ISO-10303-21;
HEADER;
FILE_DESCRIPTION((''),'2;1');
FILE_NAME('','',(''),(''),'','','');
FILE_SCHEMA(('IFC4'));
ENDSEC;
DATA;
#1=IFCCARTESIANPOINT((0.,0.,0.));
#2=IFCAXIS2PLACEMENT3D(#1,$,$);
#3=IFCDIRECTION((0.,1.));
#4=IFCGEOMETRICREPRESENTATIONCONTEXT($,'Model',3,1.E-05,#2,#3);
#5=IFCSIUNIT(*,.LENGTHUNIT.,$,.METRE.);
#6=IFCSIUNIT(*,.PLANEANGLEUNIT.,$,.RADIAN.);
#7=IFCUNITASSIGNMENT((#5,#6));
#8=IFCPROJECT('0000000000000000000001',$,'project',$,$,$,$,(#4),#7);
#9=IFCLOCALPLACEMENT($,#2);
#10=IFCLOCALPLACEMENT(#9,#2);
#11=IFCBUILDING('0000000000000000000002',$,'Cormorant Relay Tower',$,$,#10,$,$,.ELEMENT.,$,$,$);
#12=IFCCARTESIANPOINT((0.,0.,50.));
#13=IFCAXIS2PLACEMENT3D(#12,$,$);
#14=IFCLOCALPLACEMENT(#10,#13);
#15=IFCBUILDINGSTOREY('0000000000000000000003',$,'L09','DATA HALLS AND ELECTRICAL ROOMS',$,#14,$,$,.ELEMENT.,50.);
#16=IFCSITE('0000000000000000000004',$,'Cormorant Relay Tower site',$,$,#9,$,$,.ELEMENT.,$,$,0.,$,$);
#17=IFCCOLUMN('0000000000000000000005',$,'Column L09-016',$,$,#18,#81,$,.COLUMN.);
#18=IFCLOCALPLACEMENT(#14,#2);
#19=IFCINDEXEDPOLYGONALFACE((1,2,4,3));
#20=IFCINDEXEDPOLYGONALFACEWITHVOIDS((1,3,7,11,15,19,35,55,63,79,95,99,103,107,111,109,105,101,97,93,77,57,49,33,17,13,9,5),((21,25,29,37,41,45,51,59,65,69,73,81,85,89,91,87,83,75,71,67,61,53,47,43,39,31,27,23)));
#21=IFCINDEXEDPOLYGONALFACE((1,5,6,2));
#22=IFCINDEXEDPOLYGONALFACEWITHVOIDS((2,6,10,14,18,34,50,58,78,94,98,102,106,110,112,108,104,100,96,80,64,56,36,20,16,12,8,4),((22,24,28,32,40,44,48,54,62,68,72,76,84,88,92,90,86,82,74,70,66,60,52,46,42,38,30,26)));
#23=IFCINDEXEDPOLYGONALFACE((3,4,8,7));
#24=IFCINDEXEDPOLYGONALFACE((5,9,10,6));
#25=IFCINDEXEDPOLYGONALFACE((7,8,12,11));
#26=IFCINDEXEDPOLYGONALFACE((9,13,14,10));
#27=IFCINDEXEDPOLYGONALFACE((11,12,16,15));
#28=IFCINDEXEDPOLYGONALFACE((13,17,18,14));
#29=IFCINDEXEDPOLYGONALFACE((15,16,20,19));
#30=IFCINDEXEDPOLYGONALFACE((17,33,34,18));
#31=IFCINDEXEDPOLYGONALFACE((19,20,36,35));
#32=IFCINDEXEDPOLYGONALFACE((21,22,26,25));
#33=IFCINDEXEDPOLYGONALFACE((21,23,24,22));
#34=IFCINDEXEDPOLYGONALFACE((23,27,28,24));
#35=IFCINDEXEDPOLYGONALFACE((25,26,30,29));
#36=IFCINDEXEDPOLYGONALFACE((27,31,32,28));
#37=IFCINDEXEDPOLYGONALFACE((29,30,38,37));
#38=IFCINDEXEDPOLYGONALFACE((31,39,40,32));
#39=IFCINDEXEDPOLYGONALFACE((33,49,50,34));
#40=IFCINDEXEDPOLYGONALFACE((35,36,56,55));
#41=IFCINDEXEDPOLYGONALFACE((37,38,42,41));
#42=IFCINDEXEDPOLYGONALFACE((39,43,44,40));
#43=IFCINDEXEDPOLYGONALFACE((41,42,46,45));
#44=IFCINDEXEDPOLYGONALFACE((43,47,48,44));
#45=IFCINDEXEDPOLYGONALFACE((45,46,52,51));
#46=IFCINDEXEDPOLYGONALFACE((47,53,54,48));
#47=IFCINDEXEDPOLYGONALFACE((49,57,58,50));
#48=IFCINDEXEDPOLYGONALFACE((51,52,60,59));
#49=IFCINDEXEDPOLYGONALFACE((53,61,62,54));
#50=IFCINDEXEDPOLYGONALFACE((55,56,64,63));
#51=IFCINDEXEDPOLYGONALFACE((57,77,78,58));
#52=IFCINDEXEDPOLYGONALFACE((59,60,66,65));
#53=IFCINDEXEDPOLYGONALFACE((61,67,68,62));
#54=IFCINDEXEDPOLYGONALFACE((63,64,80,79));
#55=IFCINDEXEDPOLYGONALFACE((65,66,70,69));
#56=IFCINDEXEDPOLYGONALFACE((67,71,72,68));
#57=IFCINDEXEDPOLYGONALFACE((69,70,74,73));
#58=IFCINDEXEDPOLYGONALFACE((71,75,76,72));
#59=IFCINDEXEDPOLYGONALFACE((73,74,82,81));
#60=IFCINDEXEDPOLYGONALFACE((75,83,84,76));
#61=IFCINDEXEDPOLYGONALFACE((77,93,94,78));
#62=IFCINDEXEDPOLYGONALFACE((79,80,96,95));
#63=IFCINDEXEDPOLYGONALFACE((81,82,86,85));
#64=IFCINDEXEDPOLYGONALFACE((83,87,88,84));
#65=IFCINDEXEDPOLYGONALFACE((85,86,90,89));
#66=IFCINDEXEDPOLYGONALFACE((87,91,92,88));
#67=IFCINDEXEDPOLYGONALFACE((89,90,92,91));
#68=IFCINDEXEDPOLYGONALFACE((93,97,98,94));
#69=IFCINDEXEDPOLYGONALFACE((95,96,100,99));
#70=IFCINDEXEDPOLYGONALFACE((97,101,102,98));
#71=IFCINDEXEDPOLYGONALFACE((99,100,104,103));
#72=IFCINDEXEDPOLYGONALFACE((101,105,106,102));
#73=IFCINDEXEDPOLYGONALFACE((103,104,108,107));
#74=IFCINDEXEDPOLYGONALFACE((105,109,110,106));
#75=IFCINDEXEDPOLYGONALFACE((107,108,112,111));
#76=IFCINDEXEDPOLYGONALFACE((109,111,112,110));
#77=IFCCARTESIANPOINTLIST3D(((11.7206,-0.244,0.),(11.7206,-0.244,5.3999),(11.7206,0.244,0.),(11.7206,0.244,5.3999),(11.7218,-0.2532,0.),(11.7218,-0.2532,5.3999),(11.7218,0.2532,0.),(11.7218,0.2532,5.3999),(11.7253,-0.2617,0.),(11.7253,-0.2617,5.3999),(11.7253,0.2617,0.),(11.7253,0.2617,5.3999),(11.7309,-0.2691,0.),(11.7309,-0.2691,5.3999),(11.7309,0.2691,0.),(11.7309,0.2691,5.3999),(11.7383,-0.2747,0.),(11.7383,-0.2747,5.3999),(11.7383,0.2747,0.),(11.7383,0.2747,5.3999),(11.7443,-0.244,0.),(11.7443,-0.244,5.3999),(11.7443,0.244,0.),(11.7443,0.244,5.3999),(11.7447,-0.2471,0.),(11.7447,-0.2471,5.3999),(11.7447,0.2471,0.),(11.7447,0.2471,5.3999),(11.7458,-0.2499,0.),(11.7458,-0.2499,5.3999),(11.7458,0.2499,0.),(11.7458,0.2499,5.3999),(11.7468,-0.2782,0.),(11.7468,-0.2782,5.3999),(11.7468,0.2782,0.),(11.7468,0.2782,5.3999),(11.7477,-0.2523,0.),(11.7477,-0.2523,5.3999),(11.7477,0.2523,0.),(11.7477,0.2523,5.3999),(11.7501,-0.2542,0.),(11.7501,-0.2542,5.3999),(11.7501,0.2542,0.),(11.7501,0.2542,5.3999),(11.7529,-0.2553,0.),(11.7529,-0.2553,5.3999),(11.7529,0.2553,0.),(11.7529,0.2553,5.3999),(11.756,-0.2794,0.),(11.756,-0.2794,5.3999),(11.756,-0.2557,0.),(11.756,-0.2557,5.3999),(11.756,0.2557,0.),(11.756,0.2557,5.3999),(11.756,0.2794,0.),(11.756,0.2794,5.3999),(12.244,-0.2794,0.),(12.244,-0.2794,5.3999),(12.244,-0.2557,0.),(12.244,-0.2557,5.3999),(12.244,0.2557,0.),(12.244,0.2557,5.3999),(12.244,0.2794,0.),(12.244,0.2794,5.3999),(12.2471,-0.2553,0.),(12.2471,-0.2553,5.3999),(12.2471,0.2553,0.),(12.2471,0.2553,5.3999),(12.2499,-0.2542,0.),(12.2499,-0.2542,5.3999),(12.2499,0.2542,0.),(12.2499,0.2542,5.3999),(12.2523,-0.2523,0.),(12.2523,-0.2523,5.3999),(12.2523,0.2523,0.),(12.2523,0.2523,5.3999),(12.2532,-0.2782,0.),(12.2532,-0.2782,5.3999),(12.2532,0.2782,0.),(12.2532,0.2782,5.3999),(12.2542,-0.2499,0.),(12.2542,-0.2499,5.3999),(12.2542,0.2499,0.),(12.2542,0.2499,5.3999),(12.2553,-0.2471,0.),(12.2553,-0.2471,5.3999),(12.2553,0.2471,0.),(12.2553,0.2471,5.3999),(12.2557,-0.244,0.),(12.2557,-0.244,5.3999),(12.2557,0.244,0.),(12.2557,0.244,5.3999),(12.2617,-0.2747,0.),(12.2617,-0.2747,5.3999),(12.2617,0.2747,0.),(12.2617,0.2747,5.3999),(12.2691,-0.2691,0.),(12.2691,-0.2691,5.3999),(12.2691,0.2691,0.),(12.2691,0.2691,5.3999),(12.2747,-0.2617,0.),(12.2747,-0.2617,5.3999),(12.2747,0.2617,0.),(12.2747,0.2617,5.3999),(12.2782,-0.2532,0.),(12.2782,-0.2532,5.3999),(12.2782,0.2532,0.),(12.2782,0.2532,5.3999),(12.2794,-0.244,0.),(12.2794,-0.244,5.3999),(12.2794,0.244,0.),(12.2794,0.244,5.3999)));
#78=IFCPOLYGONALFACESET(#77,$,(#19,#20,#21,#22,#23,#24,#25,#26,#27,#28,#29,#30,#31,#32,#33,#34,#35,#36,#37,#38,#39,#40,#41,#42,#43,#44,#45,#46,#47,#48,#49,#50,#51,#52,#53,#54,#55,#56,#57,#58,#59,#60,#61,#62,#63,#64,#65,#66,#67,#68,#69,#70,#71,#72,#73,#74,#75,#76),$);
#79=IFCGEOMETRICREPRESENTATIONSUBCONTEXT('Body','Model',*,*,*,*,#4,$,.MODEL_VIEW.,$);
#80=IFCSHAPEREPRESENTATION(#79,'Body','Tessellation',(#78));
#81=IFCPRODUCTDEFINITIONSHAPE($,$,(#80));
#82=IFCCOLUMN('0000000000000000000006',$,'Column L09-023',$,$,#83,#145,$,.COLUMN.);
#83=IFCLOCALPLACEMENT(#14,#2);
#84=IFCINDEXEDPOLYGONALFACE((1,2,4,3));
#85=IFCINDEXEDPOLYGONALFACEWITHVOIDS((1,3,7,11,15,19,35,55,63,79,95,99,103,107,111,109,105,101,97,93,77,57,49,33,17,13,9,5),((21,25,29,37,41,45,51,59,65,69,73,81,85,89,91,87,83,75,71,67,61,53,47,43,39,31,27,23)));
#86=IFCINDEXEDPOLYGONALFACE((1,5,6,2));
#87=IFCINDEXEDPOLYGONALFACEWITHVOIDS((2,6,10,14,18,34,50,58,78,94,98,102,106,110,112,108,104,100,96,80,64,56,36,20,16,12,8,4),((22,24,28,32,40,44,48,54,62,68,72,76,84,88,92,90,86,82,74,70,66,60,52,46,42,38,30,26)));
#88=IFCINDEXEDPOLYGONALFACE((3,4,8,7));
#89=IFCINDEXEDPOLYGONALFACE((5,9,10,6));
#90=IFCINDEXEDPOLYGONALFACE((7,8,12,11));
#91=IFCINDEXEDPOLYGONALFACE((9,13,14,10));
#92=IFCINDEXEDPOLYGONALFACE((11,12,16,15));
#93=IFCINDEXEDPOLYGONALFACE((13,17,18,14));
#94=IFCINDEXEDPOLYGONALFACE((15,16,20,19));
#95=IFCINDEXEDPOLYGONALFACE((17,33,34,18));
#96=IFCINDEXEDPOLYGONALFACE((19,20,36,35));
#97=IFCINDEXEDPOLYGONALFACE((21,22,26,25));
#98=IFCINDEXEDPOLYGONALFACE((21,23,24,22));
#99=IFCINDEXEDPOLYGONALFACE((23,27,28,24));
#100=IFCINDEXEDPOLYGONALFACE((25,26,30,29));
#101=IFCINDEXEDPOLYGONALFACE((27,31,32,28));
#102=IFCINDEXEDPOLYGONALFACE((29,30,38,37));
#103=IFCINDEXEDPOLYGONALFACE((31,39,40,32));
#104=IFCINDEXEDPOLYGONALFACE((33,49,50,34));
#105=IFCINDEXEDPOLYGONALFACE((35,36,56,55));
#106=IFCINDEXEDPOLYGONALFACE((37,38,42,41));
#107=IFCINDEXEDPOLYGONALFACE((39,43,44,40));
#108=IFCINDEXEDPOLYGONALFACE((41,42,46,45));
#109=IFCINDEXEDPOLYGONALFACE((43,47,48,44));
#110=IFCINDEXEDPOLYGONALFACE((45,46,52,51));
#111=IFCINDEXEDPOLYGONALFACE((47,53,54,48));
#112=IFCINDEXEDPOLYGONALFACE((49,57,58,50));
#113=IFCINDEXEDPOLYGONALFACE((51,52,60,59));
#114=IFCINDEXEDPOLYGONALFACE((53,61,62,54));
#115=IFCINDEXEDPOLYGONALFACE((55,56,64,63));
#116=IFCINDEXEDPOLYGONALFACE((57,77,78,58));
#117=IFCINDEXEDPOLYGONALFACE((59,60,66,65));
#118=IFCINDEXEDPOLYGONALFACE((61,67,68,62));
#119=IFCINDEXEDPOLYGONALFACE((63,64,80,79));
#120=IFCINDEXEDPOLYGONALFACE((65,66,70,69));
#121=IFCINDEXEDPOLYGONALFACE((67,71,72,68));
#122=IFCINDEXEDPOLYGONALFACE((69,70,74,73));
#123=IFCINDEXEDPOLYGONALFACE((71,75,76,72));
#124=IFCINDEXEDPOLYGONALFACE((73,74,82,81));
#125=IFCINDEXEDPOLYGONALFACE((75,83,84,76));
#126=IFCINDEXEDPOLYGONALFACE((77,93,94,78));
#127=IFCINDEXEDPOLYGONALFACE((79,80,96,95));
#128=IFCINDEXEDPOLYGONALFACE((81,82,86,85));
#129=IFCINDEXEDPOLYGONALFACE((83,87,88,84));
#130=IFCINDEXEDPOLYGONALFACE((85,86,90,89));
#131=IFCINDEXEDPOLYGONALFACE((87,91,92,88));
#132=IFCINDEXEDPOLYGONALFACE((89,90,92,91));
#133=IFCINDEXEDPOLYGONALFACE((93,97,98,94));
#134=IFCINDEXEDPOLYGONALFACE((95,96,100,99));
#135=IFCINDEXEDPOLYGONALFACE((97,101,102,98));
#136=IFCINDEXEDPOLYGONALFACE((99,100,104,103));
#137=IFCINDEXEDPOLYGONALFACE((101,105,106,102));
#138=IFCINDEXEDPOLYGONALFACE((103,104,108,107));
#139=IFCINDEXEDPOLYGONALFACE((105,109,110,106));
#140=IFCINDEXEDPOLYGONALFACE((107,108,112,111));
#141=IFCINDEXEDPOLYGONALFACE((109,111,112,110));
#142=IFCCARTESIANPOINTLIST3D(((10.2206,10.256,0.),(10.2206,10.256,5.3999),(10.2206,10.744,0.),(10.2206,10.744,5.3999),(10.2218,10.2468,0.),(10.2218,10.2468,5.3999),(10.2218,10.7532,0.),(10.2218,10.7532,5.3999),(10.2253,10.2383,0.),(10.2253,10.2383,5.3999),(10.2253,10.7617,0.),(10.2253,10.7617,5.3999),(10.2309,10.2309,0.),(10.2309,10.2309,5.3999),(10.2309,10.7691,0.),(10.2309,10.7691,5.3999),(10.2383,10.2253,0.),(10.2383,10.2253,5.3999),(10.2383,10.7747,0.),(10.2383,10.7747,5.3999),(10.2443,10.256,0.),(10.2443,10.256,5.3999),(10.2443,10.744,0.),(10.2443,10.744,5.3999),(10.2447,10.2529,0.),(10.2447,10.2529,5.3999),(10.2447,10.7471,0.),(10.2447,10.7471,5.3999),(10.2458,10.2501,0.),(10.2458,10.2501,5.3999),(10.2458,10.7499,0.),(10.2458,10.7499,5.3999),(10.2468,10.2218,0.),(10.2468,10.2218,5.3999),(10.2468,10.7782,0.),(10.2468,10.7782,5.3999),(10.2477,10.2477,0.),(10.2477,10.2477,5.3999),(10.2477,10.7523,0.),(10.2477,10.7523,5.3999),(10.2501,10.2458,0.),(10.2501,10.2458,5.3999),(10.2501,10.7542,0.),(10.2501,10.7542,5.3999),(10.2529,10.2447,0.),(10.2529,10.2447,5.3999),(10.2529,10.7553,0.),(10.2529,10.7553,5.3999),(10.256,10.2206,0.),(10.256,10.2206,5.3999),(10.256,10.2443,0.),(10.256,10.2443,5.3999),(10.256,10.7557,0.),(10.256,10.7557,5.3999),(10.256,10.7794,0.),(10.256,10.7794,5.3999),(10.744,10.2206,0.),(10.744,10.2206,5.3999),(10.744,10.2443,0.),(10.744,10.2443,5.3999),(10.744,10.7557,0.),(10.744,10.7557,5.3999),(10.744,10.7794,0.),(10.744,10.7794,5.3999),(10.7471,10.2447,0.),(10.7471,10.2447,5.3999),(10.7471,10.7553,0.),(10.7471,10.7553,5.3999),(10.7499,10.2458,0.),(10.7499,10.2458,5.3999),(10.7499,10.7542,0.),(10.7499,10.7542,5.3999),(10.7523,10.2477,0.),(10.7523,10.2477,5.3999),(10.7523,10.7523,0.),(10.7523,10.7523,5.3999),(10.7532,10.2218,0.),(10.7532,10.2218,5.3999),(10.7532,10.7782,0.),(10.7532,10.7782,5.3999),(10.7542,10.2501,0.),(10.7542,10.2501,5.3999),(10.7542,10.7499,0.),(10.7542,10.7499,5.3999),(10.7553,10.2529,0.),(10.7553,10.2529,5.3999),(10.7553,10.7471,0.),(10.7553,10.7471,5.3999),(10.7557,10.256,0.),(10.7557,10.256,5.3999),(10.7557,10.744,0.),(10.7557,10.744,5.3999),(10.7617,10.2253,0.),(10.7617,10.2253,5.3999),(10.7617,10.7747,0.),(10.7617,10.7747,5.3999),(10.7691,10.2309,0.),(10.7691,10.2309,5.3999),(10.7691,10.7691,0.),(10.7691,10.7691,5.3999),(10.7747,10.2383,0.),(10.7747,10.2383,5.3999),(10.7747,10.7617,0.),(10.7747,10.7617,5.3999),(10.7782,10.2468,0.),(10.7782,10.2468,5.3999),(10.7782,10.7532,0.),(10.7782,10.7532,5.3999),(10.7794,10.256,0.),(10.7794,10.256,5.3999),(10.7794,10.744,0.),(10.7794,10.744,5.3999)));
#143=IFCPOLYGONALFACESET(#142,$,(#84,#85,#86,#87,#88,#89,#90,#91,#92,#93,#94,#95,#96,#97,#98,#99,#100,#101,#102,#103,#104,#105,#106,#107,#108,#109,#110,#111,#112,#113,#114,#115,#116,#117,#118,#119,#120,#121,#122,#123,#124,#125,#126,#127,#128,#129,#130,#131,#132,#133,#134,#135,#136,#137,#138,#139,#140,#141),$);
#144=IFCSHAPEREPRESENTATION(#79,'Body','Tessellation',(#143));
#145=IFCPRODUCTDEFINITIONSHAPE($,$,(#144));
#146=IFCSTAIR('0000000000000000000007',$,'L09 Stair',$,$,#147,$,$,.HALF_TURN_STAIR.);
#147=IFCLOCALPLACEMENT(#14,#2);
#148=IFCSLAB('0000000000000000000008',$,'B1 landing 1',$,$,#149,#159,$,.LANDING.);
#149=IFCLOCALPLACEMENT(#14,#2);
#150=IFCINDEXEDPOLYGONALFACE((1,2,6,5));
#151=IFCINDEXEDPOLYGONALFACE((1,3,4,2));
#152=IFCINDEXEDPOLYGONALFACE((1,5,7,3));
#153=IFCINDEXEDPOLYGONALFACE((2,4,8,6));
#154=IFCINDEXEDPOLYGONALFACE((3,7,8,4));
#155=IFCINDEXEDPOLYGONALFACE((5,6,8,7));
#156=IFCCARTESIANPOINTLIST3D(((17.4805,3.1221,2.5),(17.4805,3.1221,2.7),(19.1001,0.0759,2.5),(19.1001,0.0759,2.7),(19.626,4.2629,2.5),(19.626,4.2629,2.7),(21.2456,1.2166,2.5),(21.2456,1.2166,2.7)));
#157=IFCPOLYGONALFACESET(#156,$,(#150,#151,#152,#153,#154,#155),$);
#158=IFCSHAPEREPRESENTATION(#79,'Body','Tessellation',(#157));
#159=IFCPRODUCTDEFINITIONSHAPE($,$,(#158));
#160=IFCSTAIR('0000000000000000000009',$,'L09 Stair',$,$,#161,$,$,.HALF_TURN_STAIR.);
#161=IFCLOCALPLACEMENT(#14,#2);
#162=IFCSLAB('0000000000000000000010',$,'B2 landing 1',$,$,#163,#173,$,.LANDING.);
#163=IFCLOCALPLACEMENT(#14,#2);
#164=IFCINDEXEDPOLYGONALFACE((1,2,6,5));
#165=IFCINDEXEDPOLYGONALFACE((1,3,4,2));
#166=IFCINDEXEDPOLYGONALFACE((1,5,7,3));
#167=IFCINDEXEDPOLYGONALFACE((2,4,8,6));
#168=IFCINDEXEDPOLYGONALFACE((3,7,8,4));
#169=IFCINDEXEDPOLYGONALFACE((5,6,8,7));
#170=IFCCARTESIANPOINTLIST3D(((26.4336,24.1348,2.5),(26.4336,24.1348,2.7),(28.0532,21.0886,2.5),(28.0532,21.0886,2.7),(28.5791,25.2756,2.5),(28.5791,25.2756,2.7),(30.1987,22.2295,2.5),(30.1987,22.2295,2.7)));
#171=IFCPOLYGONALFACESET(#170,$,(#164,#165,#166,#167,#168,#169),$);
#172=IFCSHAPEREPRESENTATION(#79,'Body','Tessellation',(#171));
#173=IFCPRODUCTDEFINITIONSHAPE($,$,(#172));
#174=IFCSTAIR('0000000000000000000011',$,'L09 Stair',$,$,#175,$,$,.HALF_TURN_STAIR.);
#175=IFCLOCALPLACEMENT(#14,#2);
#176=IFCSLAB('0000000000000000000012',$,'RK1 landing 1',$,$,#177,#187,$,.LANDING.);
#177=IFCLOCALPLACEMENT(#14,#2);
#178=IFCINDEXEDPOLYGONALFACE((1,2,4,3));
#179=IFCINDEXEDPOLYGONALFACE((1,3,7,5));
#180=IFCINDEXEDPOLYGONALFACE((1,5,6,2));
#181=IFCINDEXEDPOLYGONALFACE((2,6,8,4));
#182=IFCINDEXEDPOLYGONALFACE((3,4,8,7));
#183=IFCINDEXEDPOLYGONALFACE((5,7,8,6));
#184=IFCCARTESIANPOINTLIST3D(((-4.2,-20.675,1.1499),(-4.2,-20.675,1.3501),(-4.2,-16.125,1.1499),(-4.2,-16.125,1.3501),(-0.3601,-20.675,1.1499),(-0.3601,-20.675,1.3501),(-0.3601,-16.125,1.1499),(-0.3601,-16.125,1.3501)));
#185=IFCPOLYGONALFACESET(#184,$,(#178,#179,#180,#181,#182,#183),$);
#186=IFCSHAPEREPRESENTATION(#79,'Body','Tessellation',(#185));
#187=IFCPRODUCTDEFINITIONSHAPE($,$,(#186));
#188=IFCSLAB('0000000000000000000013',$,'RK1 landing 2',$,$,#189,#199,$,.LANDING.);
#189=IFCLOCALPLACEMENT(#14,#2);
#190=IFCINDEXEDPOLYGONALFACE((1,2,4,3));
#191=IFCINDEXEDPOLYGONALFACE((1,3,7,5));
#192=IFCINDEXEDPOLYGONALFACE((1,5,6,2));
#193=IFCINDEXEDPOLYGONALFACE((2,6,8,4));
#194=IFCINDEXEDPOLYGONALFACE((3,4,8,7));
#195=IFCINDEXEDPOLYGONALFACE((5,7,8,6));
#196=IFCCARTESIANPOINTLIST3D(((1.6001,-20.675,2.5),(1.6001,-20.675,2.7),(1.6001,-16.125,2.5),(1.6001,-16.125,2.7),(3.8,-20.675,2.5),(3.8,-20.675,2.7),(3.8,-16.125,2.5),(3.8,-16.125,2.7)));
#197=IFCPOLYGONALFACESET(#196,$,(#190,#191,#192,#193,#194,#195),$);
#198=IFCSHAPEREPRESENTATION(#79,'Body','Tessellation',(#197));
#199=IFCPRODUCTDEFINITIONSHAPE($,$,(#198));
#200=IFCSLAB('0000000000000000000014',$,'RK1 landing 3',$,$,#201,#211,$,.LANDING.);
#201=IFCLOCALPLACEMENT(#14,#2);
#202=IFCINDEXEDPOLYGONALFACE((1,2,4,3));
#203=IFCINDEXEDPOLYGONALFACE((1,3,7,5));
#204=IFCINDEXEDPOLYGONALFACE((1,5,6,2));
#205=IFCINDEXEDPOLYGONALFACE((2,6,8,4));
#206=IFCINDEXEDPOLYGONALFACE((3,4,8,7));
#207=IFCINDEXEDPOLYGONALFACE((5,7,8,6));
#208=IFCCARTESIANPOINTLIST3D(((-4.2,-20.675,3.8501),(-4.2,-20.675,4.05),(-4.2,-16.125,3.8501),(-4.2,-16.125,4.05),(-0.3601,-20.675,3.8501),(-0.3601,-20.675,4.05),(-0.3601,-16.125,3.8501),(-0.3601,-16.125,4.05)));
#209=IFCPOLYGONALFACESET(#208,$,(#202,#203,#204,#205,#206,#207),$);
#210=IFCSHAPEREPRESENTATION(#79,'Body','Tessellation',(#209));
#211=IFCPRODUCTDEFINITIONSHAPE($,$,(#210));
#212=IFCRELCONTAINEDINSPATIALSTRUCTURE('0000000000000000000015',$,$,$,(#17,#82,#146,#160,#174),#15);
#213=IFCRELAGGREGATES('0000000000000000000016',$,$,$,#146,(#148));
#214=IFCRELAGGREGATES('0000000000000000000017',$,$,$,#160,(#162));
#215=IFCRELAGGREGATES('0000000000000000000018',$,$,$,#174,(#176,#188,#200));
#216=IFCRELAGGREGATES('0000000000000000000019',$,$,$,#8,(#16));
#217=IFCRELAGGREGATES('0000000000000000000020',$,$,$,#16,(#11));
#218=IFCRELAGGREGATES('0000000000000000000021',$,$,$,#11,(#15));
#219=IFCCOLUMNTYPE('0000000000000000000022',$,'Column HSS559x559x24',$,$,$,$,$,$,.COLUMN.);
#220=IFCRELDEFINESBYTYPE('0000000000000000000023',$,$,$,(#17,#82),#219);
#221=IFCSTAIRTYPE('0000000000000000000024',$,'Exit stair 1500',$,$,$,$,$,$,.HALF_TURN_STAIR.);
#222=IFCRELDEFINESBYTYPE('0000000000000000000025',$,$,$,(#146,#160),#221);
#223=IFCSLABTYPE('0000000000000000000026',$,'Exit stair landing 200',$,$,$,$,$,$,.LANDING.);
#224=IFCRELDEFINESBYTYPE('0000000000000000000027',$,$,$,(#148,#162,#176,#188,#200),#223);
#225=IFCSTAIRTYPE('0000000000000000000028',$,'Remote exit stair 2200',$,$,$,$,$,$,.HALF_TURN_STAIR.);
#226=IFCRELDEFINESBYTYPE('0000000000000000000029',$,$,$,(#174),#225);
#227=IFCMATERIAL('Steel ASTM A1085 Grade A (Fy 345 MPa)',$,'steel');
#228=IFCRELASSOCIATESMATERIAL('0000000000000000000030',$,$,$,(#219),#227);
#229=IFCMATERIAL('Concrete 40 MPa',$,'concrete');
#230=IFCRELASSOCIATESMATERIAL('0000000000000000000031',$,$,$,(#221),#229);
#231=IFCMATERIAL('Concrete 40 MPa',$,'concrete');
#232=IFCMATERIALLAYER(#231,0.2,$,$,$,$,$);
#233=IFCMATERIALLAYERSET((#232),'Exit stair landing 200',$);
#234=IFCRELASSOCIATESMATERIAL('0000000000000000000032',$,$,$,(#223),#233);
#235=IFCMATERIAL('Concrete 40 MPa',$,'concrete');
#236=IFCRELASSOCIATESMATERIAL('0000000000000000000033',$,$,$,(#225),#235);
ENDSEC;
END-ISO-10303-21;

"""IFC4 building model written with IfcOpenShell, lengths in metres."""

from ifc_helpers import new_model, si_unit, direction, frame, origin, origin_2d, place, context, subcontext, project, spatial, polyline, hollow_rectangle, outline, extrude, material, layer, layer_set, material_profile, profile_set, type_object, element, aggregate, save


model = new_model("IFC4")

# Units and contexts
model_context = context("Model", 3, precision=1e-05, world=origin(), true_north=direction((0.0, 1.0)))
body_context = subcontext(model_context, "Body", "Model", "MODEL_VIEW")
ifc_project = project(units=[si_unit("LENGTHUNIT", "METRE"), si_unit("PLANEANGLEUNIT", "RADIAN")], contexts=[model_context])

# Site, building, storey
site_placement = place(None, origin())
site = spatial("IfcSite", under=ifc_project, at=site_placement, Name="Cormorant Relay Tower site", CompositionType="ELEMENT", RefElevation=0.0)
building_placement = place(site_placement, origin())
building = spatial("IfcBuilding", under=site, at=building_placement, Name="Cormorant Relay Tower", CompositionType="ELEMENT")
storey_placement = place(building_placement, frame((0.0, 0.0, 50.0)))
storey = spatial("IfcBuildingStorey", under=building, at=storey_placement, Name="L09", Description="DATA HALLS AND ELECTRICAL ROOMS", CompositionType="ELEMENT", Elevation=50.0)

# Columns
ifc_material_1 = material(Name="Steel ASTM A1085 Grade A (Fy 345 MPa)", Category="steel")
ifc_material_profile = material_profile(ifc_material_1, hollow_rectangle(XDim=0.5588, YDim=0.5588, WallThickness=0.0237, InnerFilletRadius=0.0117, OuterFilletRadius=0.0354, at=origin_2d()), Name="HSS559x559x24")
ifc_profile_set = profile_set([ifc_material_profile], Name="Steel ASTM A1085 Grade A (Fy 345 MPa)")
column_type = type_object("IfcColumnType", Name="Column HSS559x559x24", PredefinedType="COLUMN", material=ifc_profile_set)
for number, where, z_axis, x_axis, name in (
    (1, (12.0, 0.0, 0.0), (0.0, 0.0, 1.0), (1.0, 0.0, 0.0), "Column L09-016"),
    (2, (10.5, 10.5, 0.0), (0.0, 0.0, 1.0), (1.0, 0.0, 0.0), "Column L09-023"),
):
    element("IfcColumn", number, at=place(storey_placement, frame(where, z_axis=z_axis, x_axis=x_axis)), inside=storey, type_object=column_type, Name=name, PredefinedType="COLUMN", context=body_context, shape_type="SweptSolid", body=[
        extrude(hollow_rectangle(XDim=0.5588, YDim=0.5588, WallThickness=0.0237, InnerFilletRadius=0.0117, OuterFilletRadius=0.0354, at=origin_2d()), origin(), (0.0, 0.0, 1.0), 5.3999),
    ])

# Stairs, slabs
ifc_material_2 = material(Name="Concrete 40 MPa", Category="concrete")
stair_type_1 = type_object("IfcStairType", Name="Exit stair 1500", PredefinedType="HALF_TURN_STAIR", material=ifc_material_2)
stair_1_placement = place(storey_placement, origin())
stair_1 = element("IfcStair", 3, at=stair_1_placement, inside=storey, type_object=stair_type_1, Name="L09 Stair", PredefinedType="HALF_TURN_STAIR")
ifc_material_3 = material(Name="Concrete 40 MPa", Category="concrete")
ifc_layer_1 = layer(ifc_material_3, 0.2)
ifc_layer_set_1 = layer_set([ifc_layer_1], Name="Exit stair landing 200")
slab_type = type_object("IfcSlabType", Name="Exit stair landing 200", PredefinedType="LANDING", material=ifc_layer_set_1)
slab_1_placement = place(storey_placement, frame((0.0, 0.0, 2.5)))
slab_1 = element("IfcSlab", 4, at=slab_1_placement, type_object=slab_type, Name="B1 landing 1", PredefinedType="LANDING", context=body_context, shape_type="SweptSolid", body=[
    extrude(outline(polyline([(19.626, 4.2629), (17.4805, 3.1221), (19.1001, 0.0759), (21.2456, 1.2166), (19.626, 4.2629)])), origin(), (0.0, 0.0, 1.0), 0.2),
])
aggregate(stair_1, [slab_1])
stair_2_placement = place(storey_placement, origin())
stair_2 = element("IfcStair", 5, at=stair_2_placement, inside=storey, type_object=stair_type_1, Name="L09 Stair", PredefinedType="HALF_TURN_STAIR")
slab_2_placement = place(storey_placement, frame((0.0, 0.0, 2.5)))
slab_2 = element("IfcSlab", 6, at=slab_2_placement, type_object=slab_type, Name="B2 landing 1", PredefinedType="LANDING", context=body_context, shape_type="SweptSolid", body=[
    extrude(outline(polyline([(28.0532, 21.0886), (30.1987, 22.2295), (28.5791, 25.2756), (26.4336, 24.1348), (28.0532, 21.0886)])), origin(), (0.0, 0.0, 1.0), 0.2),
])
aggregate(stair_2, [slab_2])

# Stair, slabs
ifc_material_4 = material(Name="Concrete 40 MPa", Category="concrete")
stair_type_2 = type_object("IfcStairType", Name="Remote exit stair 2200", PredefinedType="HALF_TURN_STAIR", material=ifc_material_4)
stair_3_placement = place(storey_placement, origin())
stair_3 = element("IfcStair", 7, at=stair_3_placement, inside=storey, type_object=stair_type_2, Name="L09 Stair", PredefinedType="HALF_TURN_STAIR")
slab_3_placement = place(storey_placement, frame((0.0, 0.0, 1.1499)))
slab_3 = element("IfcSlab", 8, at=slab_3_placement, type_object=slab_type, Name="RK1 landing 1", PredefinedType="LANDING", context=body_context, shape_type="SweptSolid", body=[
    extrude(outline(polyline([(-0.3601, -16.125), (-4.2, -16.125), (-4.2, -20.675), (-0.3601, -20.675), (-0.3601, -16.125)])), origin(), (0.0, 0.0, 1.0), 0.2002),
])
slab_4_placement = place(storey_placement, frame((0.0, 0.0, 2.5)))
slab_4 = element("IfcSlab", 9, at=slab_4_placement, type_object=slab_type, Name="RK1 landing 2", PredefinedType="LANDING", context=body_context, shape_type="SweptSolid", body=[
    extrude(outline(polyline([(3.8, -16.125), (1.6001, -16.125), (1.6001, -20.675), (3.8, -20.675), (3.8, -16.125)])), origin(), (0.0, 0.0, 1.0), 0.2),
])
slab_5_placement = place(storey_placement, frame((0.0, 0.0, 3.8501)))
slab_5 = element("IfcSlab", 10, at=slab_5_placement, type_object=slab_type, Name="RK1 landing 3", PredefinedType="LANDING", context=body_context, shape_type="SweptSolid", body=[
    extrude(outline(polyline([(-0.3601, -16.125), (-4.2, -16.125), (-4.2, -20.675), (-0.3601, -20.675), (-0.3601, -16.125)])), origin(), (0.0, 0.0, 1.0), 0.2),
])
aggregate(stair_3, [slab_3, slab_4, slab_5])

save(model, "model.ifc")
